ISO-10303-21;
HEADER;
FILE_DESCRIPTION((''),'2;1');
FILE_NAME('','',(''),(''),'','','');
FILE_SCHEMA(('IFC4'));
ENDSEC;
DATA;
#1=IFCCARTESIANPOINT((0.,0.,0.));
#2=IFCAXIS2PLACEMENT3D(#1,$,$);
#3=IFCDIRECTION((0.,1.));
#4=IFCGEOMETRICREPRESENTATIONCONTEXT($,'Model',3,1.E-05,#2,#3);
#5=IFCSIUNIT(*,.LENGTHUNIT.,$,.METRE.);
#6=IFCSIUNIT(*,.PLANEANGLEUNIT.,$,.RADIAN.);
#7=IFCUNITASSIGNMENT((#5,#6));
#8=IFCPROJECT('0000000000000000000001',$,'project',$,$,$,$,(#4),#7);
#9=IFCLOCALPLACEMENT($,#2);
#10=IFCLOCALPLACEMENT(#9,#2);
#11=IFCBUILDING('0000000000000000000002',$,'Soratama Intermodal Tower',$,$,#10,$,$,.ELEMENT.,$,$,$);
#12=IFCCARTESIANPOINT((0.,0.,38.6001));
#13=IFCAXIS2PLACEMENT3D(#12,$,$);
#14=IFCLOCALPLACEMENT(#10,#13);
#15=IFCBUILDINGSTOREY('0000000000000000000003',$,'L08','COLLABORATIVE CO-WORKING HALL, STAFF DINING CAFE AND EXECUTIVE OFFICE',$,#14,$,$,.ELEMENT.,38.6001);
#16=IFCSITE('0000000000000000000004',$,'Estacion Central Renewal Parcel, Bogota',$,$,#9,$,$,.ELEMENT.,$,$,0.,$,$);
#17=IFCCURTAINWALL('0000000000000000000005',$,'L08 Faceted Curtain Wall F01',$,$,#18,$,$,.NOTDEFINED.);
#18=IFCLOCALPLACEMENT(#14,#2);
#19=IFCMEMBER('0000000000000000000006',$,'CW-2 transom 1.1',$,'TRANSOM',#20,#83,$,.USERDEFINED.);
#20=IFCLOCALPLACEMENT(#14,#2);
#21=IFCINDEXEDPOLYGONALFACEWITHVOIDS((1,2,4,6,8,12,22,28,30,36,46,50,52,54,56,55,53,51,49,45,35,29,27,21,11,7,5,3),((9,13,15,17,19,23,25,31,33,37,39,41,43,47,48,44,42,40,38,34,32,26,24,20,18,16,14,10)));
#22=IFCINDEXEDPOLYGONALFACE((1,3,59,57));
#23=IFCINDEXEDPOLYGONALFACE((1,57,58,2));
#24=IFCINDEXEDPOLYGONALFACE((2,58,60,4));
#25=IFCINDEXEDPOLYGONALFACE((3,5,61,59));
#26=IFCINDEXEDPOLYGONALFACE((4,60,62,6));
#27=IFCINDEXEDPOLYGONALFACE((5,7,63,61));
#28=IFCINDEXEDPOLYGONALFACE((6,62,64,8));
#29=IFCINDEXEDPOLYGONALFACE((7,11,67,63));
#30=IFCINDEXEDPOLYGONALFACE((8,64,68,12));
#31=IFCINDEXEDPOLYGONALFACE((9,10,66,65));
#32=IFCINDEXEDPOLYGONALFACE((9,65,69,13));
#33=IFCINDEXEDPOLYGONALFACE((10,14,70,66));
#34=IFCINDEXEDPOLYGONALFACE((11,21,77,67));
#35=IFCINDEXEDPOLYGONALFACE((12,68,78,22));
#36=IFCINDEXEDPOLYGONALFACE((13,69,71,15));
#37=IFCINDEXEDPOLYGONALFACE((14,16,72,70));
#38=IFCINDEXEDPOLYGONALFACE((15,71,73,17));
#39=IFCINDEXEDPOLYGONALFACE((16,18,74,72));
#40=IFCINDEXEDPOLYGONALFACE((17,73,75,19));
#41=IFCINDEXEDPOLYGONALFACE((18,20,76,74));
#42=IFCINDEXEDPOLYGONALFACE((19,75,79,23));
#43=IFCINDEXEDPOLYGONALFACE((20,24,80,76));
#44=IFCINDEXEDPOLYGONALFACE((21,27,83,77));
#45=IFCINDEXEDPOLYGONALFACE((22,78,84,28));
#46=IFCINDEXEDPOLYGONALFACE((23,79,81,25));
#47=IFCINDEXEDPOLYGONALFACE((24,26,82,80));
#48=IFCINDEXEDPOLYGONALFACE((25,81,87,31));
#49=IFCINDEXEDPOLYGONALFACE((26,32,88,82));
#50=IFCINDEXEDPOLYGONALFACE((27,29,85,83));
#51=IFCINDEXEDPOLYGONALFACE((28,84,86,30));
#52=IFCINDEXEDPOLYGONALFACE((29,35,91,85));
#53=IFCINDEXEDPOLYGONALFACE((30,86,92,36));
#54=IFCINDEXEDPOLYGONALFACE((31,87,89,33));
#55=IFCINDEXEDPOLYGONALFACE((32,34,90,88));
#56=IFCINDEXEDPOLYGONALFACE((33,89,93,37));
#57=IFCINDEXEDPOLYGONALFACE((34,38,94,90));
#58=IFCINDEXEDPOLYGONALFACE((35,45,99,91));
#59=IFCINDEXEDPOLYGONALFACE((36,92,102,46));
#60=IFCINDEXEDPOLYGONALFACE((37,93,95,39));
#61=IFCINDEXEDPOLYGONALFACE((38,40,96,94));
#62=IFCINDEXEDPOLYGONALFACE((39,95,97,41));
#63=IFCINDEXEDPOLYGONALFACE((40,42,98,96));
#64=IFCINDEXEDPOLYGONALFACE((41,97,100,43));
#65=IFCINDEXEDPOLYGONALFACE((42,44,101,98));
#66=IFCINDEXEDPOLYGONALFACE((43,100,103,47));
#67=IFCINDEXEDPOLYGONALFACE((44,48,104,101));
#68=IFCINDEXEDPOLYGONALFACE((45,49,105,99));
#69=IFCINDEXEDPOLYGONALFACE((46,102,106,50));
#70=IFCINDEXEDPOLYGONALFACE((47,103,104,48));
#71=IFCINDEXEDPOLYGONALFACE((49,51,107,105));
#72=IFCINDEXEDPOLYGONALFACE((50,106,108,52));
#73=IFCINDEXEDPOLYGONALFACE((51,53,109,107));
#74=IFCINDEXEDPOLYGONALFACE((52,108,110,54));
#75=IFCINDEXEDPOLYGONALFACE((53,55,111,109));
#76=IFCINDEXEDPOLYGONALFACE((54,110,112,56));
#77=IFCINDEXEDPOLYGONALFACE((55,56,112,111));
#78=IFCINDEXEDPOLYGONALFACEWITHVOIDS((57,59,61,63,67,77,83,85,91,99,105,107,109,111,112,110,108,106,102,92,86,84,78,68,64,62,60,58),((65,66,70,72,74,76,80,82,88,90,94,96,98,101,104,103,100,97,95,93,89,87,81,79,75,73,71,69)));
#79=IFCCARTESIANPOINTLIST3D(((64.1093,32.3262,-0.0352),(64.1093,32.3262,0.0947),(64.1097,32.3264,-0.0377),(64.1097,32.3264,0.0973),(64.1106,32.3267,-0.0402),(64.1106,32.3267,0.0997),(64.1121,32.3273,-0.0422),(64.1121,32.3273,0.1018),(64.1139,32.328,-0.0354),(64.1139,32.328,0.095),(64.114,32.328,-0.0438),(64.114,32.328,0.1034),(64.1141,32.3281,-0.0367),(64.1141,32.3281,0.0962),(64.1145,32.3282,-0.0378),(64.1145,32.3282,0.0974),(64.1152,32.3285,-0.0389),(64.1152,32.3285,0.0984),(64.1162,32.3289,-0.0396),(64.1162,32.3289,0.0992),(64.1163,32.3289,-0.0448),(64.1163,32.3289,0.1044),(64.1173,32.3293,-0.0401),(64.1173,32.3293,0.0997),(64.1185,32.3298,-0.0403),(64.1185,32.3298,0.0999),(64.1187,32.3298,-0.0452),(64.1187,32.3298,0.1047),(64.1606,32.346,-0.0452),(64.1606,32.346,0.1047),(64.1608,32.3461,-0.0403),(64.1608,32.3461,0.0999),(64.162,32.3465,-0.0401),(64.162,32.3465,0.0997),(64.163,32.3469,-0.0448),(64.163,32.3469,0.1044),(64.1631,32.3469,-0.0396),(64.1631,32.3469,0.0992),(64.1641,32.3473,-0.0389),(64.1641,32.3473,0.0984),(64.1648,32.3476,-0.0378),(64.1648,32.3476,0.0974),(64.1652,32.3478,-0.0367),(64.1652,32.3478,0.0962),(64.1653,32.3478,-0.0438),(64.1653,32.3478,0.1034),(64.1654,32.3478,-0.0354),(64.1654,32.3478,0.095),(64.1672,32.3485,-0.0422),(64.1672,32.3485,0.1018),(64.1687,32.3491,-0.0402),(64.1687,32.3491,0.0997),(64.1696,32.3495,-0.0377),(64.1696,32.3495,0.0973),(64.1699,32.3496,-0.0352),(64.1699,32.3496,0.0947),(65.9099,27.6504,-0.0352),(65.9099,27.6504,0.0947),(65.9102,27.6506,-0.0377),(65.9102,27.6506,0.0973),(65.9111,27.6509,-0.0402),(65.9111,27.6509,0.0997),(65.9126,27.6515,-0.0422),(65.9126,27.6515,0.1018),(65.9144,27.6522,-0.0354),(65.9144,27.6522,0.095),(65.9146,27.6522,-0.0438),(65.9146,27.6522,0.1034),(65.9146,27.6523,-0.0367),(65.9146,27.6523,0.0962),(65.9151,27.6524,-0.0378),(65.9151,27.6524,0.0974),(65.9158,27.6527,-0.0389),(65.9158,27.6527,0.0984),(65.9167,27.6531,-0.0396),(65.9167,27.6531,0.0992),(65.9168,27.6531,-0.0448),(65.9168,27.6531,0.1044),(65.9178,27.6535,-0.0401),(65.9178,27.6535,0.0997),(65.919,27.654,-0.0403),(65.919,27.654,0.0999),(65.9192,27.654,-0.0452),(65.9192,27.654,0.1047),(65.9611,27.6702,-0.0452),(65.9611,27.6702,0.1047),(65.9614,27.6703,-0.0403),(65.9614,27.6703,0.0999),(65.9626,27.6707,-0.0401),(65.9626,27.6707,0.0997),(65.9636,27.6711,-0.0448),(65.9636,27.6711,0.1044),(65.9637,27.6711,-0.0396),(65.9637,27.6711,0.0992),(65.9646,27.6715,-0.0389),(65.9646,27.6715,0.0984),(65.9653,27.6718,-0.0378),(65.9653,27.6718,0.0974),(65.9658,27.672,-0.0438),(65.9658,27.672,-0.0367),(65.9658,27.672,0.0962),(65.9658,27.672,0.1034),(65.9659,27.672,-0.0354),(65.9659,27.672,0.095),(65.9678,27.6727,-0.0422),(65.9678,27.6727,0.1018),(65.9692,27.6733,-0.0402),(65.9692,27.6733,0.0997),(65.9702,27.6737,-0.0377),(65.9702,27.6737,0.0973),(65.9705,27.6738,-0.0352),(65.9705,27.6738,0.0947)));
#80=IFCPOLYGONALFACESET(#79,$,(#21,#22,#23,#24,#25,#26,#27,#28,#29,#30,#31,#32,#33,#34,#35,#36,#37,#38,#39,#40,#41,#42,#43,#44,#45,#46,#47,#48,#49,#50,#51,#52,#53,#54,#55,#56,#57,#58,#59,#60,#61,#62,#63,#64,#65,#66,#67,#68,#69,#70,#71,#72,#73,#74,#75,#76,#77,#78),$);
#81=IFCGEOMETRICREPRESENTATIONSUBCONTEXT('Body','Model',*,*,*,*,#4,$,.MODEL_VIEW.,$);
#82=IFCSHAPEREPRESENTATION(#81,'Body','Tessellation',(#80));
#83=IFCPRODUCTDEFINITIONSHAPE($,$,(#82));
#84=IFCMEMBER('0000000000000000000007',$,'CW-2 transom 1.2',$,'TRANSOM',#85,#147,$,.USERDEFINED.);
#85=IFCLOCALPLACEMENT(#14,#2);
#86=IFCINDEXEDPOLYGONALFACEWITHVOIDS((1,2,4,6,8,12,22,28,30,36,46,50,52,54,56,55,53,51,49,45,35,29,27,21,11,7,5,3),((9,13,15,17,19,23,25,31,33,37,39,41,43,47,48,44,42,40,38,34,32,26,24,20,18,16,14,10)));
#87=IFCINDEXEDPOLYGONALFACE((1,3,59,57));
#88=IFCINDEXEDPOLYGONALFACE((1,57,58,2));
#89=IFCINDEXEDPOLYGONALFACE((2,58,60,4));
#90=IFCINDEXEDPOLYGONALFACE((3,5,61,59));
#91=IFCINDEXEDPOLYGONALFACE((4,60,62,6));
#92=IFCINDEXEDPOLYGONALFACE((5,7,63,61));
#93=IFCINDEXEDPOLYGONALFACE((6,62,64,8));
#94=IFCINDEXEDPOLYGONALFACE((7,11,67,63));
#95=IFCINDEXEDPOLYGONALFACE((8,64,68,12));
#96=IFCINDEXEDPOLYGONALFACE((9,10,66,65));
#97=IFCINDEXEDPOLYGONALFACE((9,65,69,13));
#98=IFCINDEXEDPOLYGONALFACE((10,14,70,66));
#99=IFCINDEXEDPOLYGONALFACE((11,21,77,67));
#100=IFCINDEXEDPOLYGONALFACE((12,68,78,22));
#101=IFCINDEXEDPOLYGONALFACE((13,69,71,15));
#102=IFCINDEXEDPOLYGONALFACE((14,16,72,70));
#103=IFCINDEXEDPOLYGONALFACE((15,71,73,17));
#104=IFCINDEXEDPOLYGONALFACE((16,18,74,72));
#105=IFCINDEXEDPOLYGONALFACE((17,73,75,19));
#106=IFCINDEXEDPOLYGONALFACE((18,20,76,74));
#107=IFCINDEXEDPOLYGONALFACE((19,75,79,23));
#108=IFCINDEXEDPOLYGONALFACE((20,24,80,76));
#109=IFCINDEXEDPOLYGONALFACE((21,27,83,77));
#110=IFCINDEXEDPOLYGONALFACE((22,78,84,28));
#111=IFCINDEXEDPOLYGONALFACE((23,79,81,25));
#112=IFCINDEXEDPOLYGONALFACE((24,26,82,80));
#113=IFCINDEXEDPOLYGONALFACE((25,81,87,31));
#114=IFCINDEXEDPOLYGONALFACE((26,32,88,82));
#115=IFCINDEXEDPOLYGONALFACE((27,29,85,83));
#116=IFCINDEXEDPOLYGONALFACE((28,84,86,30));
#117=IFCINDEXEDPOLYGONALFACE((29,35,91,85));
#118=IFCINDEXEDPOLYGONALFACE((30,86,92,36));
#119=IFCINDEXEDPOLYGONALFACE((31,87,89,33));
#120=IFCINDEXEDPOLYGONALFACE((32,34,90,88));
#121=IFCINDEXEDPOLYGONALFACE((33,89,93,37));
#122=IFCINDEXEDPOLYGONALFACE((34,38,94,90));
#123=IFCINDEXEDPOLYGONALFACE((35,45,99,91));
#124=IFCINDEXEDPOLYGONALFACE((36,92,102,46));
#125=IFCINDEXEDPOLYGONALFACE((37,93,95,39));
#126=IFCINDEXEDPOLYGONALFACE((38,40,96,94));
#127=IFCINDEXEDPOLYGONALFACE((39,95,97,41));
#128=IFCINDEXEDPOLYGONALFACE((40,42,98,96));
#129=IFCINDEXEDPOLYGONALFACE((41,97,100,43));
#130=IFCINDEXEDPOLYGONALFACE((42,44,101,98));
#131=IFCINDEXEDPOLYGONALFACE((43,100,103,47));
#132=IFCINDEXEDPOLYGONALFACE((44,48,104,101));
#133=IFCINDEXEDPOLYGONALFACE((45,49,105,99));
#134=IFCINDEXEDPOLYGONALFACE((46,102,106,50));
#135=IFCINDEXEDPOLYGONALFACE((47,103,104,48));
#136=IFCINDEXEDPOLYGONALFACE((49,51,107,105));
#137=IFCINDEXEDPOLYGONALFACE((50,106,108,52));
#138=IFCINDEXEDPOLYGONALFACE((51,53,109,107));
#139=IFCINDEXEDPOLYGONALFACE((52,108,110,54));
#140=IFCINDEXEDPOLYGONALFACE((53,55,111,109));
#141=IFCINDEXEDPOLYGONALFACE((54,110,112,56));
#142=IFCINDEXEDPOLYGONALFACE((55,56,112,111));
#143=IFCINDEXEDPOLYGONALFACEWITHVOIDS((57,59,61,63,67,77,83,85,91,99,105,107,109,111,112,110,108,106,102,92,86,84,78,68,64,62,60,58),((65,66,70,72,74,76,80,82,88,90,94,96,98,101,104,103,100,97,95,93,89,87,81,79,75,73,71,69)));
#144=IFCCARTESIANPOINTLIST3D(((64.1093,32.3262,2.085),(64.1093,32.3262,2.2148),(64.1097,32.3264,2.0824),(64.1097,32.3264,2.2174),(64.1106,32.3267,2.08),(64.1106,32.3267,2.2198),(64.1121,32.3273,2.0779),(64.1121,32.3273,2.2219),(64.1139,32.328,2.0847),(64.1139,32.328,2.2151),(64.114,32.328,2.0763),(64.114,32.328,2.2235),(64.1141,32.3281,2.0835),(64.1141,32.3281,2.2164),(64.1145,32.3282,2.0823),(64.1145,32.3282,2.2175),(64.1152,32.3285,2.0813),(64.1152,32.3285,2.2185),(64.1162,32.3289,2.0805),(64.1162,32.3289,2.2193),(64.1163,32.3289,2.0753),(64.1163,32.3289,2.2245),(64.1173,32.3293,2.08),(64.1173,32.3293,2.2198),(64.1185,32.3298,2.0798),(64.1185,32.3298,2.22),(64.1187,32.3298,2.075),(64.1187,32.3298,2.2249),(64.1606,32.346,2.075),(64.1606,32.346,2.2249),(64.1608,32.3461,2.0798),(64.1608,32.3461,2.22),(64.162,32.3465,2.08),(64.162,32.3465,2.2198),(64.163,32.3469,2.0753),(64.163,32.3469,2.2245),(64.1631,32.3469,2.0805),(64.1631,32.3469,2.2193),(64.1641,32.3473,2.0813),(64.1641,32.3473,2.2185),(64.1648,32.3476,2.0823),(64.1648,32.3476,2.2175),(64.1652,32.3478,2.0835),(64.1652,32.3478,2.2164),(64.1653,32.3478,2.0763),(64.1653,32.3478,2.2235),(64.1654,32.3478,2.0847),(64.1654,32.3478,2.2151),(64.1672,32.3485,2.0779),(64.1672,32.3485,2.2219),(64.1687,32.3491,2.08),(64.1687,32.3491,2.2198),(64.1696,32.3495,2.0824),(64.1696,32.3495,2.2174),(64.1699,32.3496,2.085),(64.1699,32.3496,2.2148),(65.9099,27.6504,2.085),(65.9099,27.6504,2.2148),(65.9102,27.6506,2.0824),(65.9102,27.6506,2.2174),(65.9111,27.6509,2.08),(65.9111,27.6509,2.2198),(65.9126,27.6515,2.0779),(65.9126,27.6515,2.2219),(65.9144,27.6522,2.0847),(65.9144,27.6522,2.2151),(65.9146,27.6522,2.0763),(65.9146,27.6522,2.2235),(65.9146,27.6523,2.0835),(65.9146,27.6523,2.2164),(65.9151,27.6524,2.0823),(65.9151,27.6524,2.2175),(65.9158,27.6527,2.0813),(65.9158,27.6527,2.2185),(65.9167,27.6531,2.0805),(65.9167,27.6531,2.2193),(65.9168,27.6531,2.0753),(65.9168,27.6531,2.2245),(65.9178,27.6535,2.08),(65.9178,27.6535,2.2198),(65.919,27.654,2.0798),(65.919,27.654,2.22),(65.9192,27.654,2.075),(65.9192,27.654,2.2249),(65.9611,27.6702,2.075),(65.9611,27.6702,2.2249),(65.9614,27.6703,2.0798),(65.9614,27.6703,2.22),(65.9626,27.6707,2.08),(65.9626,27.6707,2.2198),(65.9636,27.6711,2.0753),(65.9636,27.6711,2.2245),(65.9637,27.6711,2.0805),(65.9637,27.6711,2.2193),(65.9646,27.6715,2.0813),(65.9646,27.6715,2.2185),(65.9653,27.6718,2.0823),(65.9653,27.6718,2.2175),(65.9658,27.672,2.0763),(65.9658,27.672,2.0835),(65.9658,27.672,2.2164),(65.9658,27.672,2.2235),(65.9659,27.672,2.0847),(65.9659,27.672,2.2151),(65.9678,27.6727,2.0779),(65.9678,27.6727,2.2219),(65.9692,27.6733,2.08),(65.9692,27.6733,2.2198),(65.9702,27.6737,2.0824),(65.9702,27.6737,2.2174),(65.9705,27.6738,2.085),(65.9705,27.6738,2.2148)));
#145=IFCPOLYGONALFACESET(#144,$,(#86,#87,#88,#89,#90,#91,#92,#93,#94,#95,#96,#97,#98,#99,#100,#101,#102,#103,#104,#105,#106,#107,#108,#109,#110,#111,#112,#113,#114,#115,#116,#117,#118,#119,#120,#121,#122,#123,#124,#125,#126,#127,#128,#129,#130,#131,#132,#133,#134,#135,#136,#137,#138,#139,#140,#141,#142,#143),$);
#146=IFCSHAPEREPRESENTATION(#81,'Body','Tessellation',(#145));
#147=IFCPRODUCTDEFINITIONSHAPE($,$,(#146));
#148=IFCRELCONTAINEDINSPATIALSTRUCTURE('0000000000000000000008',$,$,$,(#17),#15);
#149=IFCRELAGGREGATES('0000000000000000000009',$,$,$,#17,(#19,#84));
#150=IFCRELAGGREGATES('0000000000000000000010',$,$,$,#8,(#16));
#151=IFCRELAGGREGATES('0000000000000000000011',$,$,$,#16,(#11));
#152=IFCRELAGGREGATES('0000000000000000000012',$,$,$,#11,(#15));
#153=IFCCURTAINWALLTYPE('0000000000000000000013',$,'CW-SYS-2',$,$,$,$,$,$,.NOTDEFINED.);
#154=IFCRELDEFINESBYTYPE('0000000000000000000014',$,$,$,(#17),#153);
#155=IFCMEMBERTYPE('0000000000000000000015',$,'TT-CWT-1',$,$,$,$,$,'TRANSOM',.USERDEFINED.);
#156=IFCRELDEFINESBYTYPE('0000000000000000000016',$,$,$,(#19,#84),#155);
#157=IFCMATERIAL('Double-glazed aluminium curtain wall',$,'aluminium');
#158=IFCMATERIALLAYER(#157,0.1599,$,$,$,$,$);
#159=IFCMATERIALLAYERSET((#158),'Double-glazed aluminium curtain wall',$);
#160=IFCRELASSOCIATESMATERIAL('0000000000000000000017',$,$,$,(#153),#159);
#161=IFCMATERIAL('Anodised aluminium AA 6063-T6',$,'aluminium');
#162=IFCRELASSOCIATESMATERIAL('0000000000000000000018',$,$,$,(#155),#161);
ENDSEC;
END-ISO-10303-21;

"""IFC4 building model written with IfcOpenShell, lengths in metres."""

from ifc_helpers import new_model, si_unit, direction, frame, origin, origin_2d, place, context, subcontext, project, spatial, hollow_rectangle, extrude, material, layer, layer_set, material_profile, profile_set, type_object, element, aggregate, save


model = new_model("IFC4")

# Units and contexts
model_context = context("Model", 3, precision=1e-05, world=origin(), true_north=direction((0.0, 1.0)))
body_context = subcontext(model_context, "Body", "Model", "MODEL_VIEW")
ifc_project = project(units=[si_unit("LENGTHUNIT", "METRE"), si_unit("PLANEANGLEUNIT", "RADIAN")], contexts=[model_context])

# Site, building, storey
site_placement = place(None, origin())
site = spatial("IfcSite", under=ifc_project, at=site_placement, Name="Estacion Central Renewal Parcel, Bogota", CompositionType="ELEMENT", RefElevation=0.0)
building_placement = place(site_placement, origin())
building = spatial("IfcBuilding", under=site, at=building_placement, Name="Soratama Intermodal Tower", CompositionType="ELEMENT")
storey_placement = place(building_placement, frame((0.0, 0.0, 38.6001)))
storey = spatial("IfcBuildingStorey", under=building, at=storey_placement, Name="L08", Description="COLLABORATIVE CO-WORKING HALL, STAFF DINING CAFE AND EXECUTIVE OFFICE", CompositionType="ELEMENT", Elevation=38.6001)

# Curtain wall, members
ifc_material_1 = material(Name="Double-glazed aluminium curtain wall", Category="aluminium")
ifc_layer_1 = layer(ifc_material_1, 0.1599)
ifc_layer_set_1 = layer_set([ifc_layer_1], Name="Double-glazed aluminium curtain wall")
curtain_wall_type = type_object("IfcCurtainWallType", Name="CW-SYS-2", PredefinedType="NOTDEFINED", material=ifc_layer_set_1)
curtain_wall_placement = place(storey_placement, origin())
curtain_wall = element("IfcCurtainWall", 1, at=curtain_wall_placement, inside=storey, type_object=curtain_wall_type, Name="L08 Faceted Curtain Wall F01", PredefinedType="NOTDEFINED")
ifc_material_2 = material(Name="Anodised aluminium AA 6063-T6", Category="aluminium")
ifc_material_profile_1 = material_profile(ifc_material_2, hollow_rectangle(XDim=0.0649, YDim=0.1499, WallThickness=0.0049, InnerFilletRadius=0.0049, OuterFilletRadius=0.01, at=origin_2d()), Name="CWT150X65X5")
ifc_profile_set_1 = profile_set([ifc_material_profile_1], Name="Anodised aluminium AA 6063-T6")
member_type_1 = type_object("IfcMemberType", Name="TT-CWT-1", ElementType="TRANSOM", PredefinedType="USERDEFINED", material=ifc_profile_set_1)
member_1_placement = place(storey_placement, frame((65.9402, 27.6621, 0.0298), z_axis=(-0.359355, 0.933201, 0.0), x_axis=(-0.933201, -0.359355, 0.0)))
member_1 = element("IfcMember", 2, at=member_1_placement, type_object=member_type_1, Name="CW-2 transom 1.1", ObjectType="TRANSOM", PredefinedType="USERDEFINED", context=body_context, shape_type="SweptSolid", body=[
    extrude(hollow_rectangle(XDim=0.0649, YDim=0.1499, WallThickness=0.0049, InnerFilletRadius=0.0049, OuterFilletRadius=0.01, at=origin_2d()), origin(), (0.0, 0.0, 1.0), 5.0105),
])
member_2_placement = place(storey_placement, frame((65.9402, 27.6621, 2.1499), z_axis=(-0.359355, 0.933201, 0.0), x_axis=(-0.933201, -0.359355, 0.0)))
member_2 = element("IfcMember", 3, at=member_2_placement, type_object=member_type_1, Name="CW-2 transom 1.2", ObjectType="TRANSOM", PredefinedType="USERDEFINED", context=body_context, shape_type="SweptSolid", body=[
    extrude(hollow_rectangle(XDim=0.0649, YDim=0.1499, WallThickness=0.0049, InnerFilletRadius=0.0049, OuterFilletRadius=0.01, at=origin_2d()), origin(), (0.0, 0.0, 1.0), 5.0105),
])
aggregate(curtain_wall, [member_1, member_2])

save(model, "model.ifc")
